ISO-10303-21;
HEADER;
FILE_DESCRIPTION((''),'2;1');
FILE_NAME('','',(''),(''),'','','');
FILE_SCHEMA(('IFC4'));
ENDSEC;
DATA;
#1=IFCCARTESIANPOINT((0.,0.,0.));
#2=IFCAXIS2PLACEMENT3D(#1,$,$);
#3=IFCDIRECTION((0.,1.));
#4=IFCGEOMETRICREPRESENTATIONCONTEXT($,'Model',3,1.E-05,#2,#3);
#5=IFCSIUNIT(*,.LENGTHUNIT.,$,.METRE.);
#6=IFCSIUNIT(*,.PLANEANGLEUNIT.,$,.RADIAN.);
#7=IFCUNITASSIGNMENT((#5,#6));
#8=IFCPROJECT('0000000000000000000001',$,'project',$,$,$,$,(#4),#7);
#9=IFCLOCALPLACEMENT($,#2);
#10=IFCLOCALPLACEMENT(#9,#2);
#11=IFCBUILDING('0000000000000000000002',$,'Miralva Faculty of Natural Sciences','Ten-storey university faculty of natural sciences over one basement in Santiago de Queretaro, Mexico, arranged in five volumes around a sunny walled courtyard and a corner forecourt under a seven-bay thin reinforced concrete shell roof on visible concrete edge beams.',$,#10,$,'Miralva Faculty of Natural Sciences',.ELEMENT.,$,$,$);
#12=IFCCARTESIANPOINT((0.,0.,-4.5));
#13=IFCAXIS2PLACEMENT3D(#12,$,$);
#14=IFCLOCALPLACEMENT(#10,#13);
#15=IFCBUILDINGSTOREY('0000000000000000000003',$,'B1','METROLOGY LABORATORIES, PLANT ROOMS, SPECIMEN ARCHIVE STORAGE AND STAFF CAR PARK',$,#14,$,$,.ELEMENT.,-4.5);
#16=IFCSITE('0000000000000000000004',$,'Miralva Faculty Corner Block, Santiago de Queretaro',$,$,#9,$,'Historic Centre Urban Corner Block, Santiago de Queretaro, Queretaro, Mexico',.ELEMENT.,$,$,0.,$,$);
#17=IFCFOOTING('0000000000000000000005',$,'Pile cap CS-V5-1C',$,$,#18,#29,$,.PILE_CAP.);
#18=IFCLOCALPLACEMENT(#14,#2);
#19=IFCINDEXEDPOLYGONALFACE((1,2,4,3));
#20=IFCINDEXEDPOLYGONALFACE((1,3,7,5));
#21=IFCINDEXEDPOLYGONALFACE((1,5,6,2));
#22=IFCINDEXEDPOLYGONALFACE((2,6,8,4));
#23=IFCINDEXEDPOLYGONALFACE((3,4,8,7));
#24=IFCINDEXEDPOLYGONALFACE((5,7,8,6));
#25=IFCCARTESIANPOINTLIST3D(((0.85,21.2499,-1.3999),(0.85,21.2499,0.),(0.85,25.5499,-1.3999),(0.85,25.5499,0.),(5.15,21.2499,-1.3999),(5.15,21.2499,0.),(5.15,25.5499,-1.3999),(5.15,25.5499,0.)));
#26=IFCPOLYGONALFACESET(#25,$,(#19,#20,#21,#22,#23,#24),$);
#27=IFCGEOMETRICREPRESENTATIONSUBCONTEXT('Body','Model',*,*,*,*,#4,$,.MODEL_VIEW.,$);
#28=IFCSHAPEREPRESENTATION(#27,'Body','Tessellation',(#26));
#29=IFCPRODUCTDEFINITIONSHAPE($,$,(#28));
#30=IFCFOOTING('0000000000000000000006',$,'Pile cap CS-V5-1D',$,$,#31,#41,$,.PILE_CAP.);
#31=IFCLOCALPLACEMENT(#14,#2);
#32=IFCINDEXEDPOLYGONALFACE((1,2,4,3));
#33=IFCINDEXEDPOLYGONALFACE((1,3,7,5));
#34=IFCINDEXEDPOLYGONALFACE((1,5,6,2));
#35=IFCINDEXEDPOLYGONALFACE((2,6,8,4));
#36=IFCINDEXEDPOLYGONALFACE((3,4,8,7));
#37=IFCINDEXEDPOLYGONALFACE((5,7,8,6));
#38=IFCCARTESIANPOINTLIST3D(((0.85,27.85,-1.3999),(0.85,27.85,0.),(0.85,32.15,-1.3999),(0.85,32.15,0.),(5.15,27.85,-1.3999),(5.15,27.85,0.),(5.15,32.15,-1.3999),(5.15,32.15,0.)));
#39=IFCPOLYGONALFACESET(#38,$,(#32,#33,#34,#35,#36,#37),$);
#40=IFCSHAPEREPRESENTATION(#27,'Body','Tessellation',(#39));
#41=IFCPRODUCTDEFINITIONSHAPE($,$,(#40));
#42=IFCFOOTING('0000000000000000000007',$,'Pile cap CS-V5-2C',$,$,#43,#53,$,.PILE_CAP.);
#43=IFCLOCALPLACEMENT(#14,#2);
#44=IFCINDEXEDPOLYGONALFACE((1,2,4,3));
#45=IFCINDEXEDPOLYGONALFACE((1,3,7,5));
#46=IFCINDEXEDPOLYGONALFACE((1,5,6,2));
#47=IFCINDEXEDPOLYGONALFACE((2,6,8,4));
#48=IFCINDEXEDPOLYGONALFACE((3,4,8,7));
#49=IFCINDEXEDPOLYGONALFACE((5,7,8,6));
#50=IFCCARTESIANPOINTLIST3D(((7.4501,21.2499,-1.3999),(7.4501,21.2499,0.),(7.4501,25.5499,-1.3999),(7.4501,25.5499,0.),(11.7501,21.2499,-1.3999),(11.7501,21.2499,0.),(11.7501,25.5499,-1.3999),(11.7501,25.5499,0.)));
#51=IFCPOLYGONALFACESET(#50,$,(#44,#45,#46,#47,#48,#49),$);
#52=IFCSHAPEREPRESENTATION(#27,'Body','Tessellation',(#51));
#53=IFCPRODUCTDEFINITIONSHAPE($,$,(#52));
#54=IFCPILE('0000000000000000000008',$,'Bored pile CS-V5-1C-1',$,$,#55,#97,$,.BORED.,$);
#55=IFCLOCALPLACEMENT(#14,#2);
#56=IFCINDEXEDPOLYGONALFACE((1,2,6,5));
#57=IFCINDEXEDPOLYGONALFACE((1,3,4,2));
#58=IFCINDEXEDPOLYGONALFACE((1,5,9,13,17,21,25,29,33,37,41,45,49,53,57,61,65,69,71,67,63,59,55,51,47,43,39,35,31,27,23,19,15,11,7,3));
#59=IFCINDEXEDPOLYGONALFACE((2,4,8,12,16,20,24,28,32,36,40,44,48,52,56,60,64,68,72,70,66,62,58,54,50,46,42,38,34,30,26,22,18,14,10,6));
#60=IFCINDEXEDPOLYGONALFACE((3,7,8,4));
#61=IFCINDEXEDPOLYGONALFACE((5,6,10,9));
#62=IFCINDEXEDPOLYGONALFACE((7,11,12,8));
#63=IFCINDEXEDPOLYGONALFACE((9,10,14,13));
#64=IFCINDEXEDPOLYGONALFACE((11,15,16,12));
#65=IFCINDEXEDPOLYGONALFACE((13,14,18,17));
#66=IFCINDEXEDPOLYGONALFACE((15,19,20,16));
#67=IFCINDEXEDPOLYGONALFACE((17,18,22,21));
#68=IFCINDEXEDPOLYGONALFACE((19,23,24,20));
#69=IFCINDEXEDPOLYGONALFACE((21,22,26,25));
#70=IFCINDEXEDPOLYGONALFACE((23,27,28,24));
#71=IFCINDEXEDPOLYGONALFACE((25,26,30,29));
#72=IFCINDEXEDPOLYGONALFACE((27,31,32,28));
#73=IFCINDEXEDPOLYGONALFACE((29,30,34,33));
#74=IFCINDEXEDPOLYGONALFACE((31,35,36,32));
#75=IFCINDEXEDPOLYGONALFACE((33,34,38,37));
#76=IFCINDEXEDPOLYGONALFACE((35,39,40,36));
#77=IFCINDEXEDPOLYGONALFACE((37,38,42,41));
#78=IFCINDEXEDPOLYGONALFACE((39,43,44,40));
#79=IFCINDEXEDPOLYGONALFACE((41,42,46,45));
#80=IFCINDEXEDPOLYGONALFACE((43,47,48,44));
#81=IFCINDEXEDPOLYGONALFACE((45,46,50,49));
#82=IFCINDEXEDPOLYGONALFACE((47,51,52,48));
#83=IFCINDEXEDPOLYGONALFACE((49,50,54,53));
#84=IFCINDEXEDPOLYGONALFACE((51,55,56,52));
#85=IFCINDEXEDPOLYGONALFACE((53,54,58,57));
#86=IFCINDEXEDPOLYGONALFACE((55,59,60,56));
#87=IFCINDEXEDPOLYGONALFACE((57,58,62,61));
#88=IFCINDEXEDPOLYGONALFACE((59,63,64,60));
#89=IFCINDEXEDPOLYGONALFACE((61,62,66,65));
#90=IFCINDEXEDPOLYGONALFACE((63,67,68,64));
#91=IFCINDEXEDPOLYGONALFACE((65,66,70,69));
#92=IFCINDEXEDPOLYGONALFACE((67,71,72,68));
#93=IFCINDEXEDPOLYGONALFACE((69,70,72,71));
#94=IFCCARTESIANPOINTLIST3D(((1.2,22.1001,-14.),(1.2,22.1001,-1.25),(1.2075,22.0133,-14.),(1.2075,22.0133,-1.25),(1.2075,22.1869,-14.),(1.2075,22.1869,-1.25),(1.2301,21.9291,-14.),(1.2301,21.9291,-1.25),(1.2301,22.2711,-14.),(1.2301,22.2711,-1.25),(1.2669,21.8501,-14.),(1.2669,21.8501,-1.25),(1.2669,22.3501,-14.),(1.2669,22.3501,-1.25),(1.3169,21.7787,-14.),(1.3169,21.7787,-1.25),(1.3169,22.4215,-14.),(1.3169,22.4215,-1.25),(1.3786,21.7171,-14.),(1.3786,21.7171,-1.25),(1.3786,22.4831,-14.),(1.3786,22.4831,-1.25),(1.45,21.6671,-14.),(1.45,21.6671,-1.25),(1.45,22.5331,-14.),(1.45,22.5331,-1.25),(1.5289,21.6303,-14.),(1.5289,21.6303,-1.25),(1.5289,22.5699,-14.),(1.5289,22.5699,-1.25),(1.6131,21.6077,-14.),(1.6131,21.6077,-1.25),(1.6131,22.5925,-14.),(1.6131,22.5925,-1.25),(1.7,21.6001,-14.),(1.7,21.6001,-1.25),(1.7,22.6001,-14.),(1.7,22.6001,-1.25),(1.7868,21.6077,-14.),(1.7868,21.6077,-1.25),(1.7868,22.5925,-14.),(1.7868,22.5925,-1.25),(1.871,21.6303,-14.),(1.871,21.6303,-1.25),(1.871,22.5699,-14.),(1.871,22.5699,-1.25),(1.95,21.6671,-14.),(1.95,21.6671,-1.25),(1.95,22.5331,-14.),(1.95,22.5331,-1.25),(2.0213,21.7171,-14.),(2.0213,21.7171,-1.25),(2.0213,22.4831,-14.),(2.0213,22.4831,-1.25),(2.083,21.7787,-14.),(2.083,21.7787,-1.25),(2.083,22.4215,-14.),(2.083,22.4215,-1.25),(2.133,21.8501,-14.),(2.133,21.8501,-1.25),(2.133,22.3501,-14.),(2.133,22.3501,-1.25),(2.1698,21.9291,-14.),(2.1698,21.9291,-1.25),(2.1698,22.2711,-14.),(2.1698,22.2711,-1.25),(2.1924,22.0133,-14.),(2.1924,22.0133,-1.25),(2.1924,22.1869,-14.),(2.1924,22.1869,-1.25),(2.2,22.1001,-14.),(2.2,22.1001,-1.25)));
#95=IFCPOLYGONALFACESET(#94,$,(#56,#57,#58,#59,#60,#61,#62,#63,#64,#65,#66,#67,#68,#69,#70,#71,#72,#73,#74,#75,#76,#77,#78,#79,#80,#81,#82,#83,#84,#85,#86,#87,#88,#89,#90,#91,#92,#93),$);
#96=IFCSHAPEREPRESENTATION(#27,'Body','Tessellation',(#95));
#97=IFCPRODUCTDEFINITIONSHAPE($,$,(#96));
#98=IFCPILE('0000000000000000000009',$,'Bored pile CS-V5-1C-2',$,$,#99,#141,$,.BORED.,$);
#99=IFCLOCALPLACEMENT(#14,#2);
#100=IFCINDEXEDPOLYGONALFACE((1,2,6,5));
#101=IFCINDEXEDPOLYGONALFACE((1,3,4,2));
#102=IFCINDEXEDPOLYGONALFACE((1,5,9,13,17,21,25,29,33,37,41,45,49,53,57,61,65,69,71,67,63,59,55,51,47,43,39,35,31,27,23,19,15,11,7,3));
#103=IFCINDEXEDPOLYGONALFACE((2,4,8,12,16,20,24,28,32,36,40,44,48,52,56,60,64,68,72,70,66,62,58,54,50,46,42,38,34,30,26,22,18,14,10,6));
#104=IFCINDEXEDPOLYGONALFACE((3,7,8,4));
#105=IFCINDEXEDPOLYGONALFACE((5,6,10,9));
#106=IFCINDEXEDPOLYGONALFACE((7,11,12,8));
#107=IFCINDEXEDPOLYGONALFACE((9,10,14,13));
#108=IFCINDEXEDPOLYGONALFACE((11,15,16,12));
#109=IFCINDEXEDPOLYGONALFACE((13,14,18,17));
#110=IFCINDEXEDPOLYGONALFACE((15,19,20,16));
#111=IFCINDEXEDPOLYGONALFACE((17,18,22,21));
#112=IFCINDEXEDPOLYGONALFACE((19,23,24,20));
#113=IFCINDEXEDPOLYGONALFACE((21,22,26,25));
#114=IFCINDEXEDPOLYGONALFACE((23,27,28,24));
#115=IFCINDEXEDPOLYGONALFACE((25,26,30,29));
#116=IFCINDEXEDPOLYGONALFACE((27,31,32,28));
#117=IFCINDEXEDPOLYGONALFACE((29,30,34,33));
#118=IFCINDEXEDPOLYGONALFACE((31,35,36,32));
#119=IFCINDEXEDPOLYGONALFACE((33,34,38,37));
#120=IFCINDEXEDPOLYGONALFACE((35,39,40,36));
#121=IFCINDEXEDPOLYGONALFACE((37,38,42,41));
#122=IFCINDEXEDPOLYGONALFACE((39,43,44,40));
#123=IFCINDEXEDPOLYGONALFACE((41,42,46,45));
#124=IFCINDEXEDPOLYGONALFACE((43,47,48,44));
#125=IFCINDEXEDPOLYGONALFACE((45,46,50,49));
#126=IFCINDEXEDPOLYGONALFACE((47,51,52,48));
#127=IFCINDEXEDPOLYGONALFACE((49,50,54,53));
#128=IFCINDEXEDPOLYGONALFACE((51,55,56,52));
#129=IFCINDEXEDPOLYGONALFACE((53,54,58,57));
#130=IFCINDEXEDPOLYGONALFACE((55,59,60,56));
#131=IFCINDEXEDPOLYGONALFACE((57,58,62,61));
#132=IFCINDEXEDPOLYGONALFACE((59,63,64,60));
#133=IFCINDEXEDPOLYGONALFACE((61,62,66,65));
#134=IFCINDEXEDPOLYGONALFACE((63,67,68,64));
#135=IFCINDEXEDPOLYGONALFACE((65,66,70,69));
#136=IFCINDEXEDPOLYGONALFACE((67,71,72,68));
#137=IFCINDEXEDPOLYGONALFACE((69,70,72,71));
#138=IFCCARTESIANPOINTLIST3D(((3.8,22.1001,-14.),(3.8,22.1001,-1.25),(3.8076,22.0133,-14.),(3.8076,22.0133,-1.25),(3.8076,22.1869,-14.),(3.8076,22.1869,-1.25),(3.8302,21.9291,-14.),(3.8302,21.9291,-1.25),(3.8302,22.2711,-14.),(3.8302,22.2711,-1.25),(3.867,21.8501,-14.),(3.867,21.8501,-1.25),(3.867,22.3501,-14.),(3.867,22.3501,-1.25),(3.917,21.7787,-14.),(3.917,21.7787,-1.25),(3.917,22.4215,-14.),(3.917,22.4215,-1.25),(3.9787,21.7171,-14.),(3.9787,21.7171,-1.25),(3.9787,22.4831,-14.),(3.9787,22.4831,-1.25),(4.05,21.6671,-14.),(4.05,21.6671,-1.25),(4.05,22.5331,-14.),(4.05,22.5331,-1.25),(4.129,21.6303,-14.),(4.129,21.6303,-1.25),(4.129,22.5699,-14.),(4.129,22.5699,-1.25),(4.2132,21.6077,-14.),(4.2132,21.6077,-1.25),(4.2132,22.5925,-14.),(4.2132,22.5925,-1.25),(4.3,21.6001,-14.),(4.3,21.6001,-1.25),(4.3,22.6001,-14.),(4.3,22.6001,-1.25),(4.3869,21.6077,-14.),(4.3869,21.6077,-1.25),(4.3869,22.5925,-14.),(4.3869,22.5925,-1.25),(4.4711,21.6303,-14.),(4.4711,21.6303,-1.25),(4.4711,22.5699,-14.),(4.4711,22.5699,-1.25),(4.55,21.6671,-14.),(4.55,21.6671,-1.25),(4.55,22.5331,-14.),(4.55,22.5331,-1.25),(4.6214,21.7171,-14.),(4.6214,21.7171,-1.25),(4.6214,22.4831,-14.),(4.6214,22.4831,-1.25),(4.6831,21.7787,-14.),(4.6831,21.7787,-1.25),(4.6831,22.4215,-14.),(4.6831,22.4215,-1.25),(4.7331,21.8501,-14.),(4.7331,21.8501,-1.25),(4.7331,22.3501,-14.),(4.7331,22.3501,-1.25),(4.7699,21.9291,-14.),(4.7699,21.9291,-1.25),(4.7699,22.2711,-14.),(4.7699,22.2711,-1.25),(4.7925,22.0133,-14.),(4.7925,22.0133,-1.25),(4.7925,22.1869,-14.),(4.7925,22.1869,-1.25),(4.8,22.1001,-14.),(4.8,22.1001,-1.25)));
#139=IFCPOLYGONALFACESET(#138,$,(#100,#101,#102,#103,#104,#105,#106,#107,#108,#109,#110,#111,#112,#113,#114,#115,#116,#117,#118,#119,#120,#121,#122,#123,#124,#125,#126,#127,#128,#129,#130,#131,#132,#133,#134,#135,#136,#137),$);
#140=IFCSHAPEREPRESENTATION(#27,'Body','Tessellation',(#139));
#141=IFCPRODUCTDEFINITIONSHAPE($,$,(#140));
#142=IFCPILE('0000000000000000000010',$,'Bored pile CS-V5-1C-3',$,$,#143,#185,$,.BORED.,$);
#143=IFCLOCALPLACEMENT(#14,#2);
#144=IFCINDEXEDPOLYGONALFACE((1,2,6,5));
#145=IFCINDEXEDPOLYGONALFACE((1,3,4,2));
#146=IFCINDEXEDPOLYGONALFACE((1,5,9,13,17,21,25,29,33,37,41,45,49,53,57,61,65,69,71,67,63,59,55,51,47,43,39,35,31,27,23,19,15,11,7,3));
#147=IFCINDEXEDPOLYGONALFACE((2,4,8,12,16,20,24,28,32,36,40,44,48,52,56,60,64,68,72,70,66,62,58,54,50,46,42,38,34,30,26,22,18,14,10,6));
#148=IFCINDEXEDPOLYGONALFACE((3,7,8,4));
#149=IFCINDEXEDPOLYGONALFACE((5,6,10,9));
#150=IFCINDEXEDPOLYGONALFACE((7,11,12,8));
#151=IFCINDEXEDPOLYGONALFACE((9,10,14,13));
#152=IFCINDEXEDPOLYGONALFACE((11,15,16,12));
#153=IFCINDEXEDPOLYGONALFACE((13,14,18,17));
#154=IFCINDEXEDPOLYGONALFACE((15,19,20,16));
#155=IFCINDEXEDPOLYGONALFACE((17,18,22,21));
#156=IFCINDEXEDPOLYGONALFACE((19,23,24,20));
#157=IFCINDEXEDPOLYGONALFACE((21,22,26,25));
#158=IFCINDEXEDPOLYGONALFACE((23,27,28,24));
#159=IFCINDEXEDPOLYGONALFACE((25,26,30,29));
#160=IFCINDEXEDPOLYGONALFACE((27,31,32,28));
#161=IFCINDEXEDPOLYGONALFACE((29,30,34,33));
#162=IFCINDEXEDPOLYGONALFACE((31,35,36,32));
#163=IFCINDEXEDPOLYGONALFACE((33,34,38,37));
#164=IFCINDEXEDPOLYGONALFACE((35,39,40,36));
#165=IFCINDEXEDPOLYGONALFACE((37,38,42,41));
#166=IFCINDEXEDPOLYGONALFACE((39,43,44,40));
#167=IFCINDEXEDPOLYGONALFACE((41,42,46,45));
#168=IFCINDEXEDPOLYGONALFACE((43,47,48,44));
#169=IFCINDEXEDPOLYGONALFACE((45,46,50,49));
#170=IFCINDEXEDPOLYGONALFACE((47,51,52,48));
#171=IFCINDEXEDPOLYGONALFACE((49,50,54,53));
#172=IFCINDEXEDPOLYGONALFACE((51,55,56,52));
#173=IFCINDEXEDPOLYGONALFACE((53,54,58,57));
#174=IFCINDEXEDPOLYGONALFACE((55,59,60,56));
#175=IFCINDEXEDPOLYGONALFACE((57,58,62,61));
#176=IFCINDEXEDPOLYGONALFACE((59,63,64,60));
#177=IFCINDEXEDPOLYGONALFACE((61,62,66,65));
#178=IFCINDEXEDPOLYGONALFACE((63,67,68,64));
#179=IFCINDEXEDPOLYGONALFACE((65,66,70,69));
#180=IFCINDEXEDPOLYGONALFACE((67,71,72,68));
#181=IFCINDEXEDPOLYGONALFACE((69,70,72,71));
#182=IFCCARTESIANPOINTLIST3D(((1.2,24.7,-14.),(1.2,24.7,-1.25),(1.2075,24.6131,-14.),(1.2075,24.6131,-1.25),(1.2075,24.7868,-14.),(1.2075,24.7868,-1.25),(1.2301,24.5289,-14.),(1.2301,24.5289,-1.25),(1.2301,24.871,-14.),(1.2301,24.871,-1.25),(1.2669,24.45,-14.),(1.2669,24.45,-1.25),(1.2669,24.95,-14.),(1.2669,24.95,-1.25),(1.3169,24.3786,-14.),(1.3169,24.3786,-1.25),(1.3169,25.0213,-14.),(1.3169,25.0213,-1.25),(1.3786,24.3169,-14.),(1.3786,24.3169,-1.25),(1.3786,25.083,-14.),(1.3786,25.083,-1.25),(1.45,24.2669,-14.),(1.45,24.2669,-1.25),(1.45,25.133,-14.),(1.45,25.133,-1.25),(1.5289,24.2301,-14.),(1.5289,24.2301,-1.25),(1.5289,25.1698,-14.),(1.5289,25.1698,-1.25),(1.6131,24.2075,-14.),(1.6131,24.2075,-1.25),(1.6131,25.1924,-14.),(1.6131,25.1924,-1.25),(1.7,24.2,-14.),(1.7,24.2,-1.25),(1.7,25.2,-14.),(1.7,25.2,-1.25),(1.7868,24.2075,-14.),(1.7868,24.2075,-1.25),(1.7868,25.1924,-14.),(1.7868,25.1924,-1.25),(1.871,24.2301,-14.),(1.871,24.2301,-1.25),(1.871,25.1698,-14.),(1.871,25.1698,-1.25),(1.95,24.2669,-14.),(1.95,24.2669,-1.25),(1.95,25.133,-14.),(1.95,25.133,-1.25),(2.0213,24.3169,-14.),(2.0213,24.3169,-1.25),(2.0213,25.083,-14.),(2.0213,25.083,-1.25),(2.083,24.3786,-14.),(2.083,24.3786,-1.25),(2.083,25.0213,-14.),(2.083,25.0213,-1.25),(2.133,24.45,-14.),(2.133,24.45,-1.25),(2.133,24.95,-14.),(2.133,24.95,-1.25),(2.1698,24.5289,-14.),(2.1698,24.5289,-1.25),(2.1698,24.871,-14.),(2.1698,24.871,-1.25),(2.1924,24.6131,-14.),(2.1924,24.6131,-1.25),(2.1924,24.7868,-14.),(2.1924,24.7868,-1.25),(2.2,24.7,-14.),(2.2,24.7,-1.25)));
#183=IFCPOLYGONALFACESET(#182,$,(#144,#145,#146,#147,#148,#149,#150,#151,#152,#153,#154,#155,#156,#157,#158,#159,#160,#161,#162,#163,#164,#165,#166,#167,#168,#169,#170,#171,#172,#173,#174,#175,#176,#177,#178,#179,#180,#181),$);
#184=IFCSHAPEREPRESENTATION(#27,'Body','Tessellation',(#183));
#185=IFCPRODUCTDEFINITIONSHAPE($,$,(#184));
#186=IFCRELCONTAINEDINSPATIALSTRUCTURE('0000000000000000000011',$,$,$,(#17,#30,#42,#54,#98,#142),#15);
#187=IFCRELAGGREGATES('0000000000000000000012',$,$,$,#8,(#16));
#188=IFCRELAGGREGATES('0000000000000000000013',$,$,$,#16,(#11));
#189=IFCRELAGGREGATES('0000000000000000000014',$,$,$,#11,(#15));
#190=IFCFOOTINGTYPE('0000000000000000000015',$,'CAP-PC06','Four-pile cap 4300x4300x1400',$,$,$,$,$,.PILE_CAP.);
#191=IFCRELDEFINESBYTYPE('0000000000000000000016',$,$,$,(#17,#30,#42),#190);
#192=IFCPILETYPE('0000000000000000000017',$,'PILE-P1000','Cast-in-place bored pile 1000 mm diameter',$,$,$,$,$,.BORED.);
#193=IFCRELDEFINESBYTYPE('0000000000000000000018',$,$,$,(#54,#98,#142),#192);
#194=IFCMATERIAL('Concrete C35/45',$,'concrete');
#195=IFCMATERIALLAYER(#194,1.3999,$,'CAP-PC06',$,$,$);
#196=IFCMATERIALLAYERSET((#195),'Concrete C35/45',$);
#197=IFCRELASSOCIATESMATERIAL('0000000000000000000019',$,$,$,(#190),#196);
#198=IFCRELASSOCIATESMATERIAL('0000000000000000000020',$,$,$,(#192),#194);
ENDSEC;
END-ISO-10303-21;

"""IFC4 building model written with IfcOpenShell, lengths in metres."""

from ifc_helpers import new_model, si_unit, direction, frame, origin, origin_2d, place, context, subcontext, project, spatial, rectangle, circle, extrude, material, layer, layer_set, material_profile, profile_set, type_object, element, save


model = new_model("IFC4")

# Units and contexts
model_context = context("Model", 3, precision=1e-05, world=origin(), true_north=direction((0.0, 1.0)))
body_context = subcontext(model_context, "Body", "Model", "MODEL_VIEW")
ifc_project = project(units=[si_unit("LENGTHUNIT", "METRE"), si_unit("PLANEANGLEUNIT", "RADIAN")], contexts=[model_context])

# Site, building, storey
site_placement = place(None, origin())
site = spatial("IfcSite", under=ifc_project, at=site_placement, Name="Miralva Faculty Corner Block, Santiago de Queretaro", LongName="Historic Centre Urban Corner Block, Santiago de Queretaro, Queretaro, Mexico", CompositionType="ELEMENT", RefElevation=0.0)
building_placement = place(site_placement, origin())
building = spatial("IfcBuilding", under=site, at=building_placement, Name="Miralva Faculty of Natural Sciences", Description="Ten-storey university faculty of natural sciences over one basement in Santiago de Queretaro, Mexico, arranged in five volumes around a sunny walled courtyard and a corner forecourt under a seven-bay thin reinforced concrete shell roof on visible concrete edge beams.", LongName="Miralva Faculty of Natural Sciences", CompositionType="ELEMENT")
storey_placement = place(building_placement, frame((0.0, 0.0, -4.5)))
storey = spatial("IfcBuildingStorey", under=building, at=storey_placement, Name="B1", Description="METROLOGY LABORATORIES, PLANT ROOMS, SPECIMEN ARCHIVE STORAGE AND STAFF CAR PARK", CompositionType="ELEMENT", Elevation=-4.5)

# Footings
ifc_material_1 = material(Name="Concrete C35/45", Category="concrete")
ifc_layer_1 = layer(ifc_material_1, 1.3999, Name="CAP-PC06")
ifc_layer_set_1 = layer_set([ifc_layer_1], Name="Concrete C35/45")
footing_type_1 = type_object("IfcFootingType", Name="CAP-PC06", Description="Four-pile cap 4300x4300x1400", PredefinedType="PILE_CAP", material=ifc_layer_set_1)
for number, where, z_axis, x_axis, name in (
    (1, (3.0, 23.3999, -1.3999), (0.0, 0.0, 1.0), (1.0, 0.0, 0.0), "Pile cap CS-V5-1C"),
    (2, (3.0, 30.0, -1.3999), (0.0, 0.0, 1.0), (1.0, 0.0, 0.0), "Pile cap CS-V5-1D"),
    (3, (9.6001, 23.3999, -1.3999), (0.0, 0.0, 1.0), (1.0, 0.0, 0.0), "Pile cap CS-V5-2C"),
):
    element("IfcFooting", number, at=place(storey_placement, frame(where, z_axis=z_axis, x_axis=x_axis)), inside=storey, type_object=footing_type_1, Name=name, PredefinedType="PILE_CAP", context=body_context, shape_type="SweptSolid", body=[
        extrude(rectangle(XDim=4.3, YDim=4.3, at=origin_2d()), origin(), (0.0, 0.0, 1.0), 1.3999),
    ])

# Piles
ifc_material_profile_1 = material_profile(ifc_material_1, circle(Radius=0.5, at=origin_2d()), Name="BORED PILE 1000")
ifc_profile_set_1 = profile_set([ifc_material_profile_1], Name="Concrete C35/45")
pile_type = type_object("IfcPileType", Name="PILE-P1000", Description="Cast-in-place bored pile 1000 mm diameter", PredefinedType="BORED", material=ifc_profile_set_1)
for number, where, z_axis, x_axis, name in (
    (4, (1.7, 22.1001, -1.25), (0.0, 0.0, -1.0), (1.0, 0.0, 0.0), "Bored pile CS-V5-1C-1"),
    (5, (4.3, 22.1001, -1.25), (0.0, 0.0, -1.0), (1.0, 0.0, 0.0), "Bored pile CS-V5-1C-2"),
    (6, (1.7, 24.7, -1.25), (0.0, 0.0, -1.0), (1.0, 0.0, 0.0), "Bored pile CS-V5-1C-3"),
):
    element("IfcPile", number, at=place(storey_placement, frame(where, z_axis=z_axis, x_axis=x_axis)), inside=storey, type_object=pile_type, Name=name, PredefinedType="BORED", context=body_context, shape_type="SweptSolid", body=[
        extrude(circle(Radius=0.5, at=origin_2d()), origin(), (0.0, 0.0, 1.0), 12.75),
    ])

save(model, "model.ifc")
